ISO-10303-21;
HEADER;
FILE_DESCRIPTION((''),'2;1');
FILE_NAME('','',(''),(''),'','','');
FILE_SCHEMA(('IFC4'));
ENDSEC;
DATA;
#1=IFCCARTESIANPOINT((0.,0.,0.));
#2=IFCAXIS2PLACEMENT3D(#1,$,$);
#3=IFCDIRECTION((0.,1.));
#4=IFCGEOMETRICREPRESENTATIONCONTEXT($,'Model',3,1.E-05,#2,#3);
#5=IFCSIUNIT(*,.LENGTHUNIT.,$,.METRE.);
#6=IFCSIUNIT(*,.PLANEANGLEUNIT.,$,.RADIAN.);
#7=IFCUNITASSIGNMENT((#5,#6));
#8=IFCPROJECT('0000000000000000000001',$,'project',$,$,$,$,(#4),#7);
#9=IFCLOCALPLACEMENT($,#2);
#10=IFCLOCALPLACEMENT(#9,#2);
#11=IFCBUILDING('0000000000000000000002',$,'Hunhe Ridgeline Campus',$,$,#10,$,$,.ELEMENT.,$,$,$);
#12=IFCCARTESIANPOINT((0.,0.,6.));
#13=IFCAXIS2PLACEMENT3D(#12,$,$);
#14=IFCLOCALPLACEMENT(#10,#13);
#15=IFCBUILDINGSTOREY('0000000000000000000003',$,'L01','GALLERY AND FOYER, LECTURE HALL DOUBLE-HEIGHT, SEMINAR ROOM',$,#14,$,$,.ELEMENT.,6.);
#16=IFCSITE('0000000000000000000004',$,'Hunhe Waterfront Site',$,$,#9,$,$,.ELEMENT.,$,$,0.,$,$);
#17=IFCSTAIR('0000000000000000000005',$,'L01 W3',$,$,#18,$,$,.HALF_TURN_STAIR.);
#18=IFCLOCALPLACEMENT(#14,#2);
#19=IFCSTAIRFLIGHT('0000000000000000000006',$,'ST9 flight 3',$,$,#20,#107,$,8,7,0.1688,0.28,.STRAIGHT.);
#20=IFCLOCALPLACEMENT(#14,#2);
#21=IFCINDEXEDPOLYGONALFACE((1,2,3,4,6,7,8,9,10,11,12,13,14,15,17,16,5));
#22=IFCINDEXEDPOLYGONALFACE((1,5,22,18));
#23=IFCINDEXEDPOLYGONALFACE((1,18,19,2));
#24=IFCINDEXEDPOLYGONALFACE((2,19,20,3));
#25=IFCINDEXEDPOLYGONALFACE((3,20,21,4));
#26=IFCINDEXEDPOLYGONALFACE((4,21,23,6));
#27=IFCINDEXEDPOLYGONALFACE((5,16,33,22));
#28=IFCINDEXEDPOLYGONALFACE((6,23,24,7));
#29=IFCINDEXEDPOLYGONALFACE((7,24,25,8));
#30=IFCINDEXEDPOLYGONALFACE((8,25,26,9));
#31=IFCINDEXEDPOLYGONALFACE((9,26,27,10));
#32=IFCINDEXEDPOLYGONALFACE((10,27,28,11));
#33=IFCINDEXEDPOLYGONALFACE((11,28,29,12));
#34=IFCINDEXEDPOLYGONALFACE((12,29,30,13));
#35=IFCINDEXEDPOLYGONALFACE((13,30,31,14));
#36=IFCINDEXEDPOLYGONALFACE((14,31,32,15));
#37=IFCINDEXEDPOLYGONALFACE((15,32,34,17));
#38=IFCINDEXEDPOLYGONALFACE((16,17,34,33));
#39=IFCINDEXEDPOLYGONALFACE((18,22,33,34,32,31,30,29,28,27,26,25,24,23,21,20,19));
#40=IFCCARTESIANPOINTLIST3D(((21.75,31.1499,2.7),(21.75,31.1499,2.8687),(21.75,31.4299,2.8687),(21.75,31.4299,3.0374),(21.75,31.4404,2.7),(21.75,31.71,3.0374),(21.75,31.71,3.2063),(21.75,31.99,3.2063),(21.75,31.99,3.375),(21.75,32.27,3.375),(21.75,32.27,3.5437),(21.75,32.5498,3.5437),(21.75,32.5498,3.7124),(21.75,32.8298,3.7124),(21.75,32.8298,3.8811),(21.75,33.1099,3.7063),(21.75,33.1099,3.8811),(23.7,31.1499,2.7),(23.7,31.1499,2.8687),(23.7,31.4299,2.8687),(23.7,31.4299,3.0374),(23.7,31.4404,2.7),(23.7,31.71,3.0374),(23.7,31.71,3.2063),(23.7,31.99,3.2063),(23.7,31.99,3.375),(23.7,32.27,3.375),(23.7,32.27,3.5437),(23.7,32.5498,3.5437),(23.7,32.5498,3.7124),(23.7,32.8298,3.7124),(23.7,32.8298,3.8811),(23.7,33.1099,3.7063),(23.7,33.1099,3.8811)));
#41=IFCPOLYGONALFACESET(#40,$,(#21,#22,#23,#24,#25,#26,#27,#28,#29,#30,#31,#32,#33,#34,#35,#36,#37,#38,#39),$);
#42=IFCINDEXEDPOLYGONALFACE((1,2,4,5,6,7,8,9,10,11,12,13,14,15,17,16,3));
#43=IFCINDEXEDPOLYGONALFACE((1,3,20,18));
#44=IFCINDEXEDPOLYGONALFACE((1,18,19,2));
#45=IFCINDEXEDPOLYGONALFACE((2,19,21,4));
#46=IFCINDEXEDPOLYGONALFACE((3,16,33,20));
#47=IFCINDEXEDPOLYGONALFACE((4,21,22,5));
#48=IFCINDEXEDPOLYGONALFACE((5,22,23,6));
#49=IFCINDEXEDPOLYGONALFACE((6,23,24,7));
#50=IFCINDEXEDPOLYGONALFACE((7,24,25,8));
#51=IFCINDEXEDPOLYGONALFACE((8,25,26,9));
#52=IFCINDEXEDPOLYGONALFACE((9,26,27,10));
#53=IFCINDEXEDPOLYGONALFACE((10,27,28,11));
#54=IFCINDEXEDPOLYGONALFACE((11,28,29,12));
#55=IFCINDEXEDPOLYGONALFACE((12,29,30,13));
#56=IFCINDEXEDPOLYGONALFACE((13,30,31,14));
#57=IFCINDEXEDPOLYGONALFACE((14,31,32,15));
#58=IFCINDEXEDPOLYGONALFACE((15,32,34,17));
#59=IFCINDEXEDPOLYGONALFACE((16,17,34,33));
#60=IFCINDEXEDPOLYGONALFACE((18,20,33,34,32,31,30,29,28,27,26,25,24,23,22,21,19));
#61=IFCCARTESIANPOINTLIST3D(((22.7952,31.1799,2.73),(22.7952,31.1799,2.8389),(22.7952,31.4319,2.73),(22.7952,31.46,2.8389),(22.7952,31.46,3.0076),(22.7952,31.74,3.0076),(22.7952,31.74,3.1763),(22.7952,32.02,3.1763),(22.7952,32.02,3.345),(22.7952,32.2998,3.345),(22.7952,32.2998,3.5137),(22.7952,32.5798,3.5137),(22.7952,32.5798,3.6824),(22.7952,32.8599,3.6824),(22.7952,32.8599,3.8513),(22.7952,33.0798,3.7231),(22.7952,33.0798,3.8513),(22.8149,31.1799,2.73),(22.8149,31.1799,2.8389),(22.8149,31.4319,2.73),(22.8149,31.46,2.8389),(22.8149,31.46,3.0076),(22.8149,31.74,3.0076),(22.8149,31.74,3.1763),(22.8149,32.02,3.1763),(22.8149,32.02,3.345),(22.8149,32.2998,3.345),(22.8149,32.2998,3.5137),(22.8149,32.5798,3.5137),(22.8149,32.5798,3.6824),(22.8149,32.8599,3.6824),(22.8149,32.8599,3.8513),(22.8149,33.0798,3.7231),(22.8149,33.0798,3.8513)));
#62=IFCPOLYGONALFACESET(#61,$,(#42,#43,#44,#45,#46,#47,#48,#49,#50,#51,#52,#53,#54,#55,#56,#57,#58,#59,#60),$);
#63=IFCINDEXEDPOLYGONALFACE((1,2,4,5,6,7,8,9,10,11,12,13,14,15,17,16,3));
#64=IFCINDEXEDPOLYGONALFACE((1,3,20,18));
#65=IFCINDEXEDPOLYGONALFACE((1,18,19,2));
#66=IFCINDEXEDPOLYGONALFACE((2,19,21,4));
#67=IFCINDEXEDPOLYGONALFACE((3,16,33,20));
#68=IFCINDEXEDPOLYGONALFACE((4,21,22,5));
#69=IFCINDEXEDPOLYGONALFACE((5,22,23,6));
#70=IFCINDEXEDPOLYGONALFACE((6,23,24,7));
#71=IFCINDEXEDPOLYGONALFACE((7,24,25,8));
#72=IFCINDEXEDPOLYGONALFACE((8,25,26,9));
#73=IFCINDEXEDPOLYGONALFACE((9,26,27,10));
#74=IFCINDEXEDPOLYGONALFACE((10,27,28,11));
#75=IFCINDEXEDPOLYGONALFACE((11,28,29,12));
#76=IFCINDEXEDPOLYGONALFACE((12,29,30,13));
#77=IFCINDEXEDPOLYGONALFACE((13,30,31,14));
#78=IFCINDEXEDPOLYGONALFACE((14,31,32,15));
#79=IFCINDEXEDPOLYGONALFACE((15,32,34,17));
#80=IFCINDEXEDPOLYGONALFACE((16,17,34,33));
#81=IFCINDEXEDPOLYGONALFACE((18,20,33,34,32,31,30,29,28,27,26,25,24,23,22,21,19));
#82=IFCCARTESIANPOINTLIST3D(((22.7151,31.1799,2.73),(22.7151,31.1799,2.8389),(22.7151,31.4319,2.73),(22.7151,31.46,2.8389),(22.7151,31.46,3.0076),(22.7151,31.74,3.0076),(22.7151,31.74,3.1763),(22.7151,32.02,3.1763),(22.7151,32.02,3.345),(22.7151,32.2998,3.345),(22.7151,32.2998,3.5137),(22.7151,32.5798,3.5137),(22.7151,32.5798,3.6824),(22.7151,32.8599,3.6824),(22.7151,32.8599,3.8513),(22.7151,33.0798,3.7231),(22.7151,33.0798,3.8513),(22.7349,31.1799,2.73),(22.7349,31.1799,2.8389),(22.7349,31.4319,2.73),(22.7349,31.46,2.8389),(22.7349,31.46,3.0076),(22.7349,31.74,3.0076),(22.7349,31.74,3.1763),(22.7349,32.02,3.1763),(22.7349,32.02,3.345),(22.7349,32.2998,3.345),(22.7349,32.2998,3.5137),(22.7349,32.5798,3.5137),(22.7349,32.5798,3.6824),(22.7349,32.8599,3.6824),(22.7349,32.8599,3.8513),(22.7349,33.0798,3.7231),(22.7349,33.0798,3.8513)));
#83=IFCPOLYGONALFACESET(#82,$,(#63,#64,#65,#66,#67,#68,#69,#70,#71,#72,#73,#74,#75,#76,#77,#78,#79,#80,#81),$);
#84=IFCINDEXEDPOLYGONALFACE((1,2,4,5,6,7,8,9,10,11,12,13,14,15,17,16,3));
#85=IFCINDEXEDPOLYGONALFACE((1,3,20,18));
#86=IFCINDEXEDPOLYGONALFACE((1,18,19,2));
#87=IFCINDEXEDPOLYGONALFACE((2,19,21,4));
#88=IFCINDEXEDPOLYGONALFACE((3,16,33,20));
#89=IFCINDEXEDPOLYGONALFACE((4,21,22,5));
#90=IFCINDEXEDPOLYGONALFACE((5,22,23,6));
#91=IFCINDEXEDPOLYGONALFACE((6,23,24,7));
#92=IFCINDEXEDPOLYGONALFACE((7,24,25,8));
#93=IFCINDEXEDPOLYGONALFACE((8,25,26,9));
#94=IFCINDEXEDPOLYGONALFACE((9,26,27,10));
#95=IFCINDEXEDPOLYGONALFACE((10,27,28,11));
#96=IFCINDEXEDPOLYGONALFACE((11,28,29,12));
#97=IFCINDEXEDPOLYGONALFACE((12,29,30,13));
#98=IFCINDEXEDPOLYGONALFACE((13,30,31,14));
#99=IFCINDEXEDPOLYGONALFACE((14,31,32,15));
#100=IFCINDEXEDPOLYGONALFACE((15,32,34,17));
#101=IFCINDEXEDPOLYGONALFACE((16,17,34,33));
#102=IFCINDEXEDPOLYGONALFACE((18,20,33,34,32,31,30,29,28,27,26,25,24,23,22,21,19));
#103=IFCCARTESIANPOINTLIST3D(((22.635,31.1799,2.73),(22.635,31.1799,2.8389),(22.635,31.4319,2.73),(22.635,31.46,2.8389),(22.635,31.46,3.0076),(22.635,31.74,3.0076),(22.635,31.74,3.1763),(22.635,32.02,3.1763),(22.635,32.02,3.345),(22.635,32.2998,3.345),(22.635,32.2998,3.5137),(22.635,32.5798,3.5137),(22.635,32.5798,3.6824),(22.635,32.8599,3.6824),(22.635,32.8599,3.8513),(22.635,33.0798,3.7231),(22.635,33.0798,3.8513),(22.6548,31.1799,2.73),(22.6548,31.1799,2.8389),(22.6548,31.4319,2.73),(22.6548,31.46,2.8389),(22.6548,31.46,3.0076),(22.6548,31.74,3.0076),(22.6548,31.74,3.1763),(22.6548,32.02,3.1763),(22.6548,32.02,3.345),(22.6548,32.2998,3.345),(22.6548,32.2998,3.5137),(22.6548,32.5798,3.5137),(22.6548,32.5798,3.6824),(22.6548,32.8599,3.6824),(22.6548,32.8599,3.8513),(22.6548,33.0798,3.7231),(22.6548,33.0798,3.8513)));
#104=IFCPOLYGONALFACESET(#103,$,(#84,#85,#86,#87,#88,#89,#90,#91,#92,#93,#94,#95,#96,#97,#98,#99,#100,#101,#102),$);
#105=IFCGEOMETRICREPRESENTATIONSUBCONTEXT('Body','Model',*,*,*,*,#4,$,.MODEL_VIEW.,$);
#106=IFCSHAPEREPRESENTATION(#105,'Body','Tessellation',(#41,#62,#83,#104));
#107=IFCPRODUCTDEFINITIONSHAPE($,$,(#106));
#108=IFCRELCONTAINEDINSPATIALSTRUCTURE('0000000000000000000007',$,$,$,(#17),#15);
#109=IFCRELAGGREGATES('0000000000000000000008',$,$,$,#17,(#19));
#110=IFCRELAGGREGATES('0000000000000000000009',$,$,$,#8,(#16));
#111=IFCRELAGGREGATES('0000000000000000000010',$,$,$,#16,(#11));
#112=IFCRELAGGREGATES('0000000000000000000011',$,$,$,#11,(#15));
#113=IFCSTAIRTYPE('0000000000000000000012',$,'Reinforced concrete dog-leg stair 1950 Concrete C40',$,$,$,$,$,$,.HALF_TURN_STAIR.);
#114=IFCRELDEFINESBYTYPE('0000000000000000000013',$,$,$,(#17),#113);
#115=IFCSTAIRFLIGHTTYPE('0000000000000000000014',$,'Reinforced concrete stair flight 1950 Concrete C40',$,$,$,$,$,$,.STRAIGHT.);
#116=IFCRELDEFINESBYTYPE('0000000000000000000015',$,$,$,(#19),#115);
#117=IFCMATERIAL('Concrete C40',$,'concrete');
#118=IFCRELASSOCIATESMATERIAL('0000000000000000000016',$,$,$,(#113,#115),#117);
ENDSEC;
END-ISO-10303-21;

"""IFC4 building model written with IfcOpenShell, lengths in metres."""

from ifc_helpers import new_model, si_unit, direction, frame, origin, place, context, subcontext, project, spatial, polyline, outline, extrude, material, type_object, element, aggregate, save


model = new_model("IFC4")

# Units and contexts
model_context = context("Model", 3, precision=1e-05, world=origin(), true_north=direction((0.0, 1.0)))
body_context = subcontext(model_context, "Body", "Model", "MODEL_VIEW")
ifc_project = project(units=[si_unit("LENGTHUNIT", "METRE"), si_unit("PLANEANGLEUNIT", "RADIAN")], contexts=[model_context])

# Site, building, storey
site_placement = place(None, origin())
site = spatial("IfcSite", under=ifc_project, at=site_placement, Name="Hunhe Waterfront Site", CompositionType="ELEMENT", RefElevation=0.0)
building_placement = place(site_placement, origin())
building = spatial("IfcBuilding", under=site, at=building_placement, Name="Hunhe Ridgeline Campus", CompositionType="ELEMENT")
storey_placement = place(building_placement, frame((0.0, 0.0, 6.0)))
storey = spatial("IfcBuildingStorey", under=building, at=storey_placement, Name="L01", Description="GALLERY AND FOYER, LECTURE HALL DOUBLE-HEIGHT, SEMINAR ROOM", CompositionType="ELEMENT", Elevation=6.0)

# Shared definitions
ifc_material_1 = material(Name="Concrete C40", Category="concrete")

# Stair, stair flight
stair_type = type_object("IfcStairType", Name="Reinforced concrete dog-leg stair 1950 Concrete C40", PredefinedType="HALF_TURN_STAIR", material=ifc_material_1)
stair_placement = place(storey_placement, origin())
stair = element("IfcStair", 1, at=stair_placement, inside=storey, type_object=stair_type, Name="L01 W3", PredefinedType="HALF_TURN_STAIR")
stair_flight_type = type_object("IfcStairFlightType", Name="Reinforced concrete stair flight 1950 Concrete C40", PredefinedType="STRAIGHT", material=ifc_material_1)
stair_flight_1_placement = place(storey_placement, frame((22.7251, 31.1499, 2.7), z_axis=(0.0, 0.0, 1.0), x_axis=(0.0, 1.0, 0.0)))
stair_flight_1 = element("IfcStairFlight", 2, at=stair_flight_1_placement, type_object=stair_flight_type, Name="ST9 flight 3", NumberOfRisers=8, NumberOfTreads=7, PredefinedType="STRAIGHT", RiserHeight=0.1688, TreadLength=0.28, context=body_context, shape_type="SweptSolid", body=[
    extrude(outline(polyline([(0.0, 0.0), (0.0, 0.1687), (0.28, 0.1687), (0.28, 0.3374), (0.5601, 0.3374), (0.5601, 0.5063), (0.8401, 0.5063), (0.8401, 0.675), (1.1201, 0.675), (1.1201, 0.8438), (1.3999, 0.8438), (1.3999, 1.0125), (1.6799, 1.0125), (1.6799, 1.1812), (1.96, 1.1812), (1.96, 1.3501), (1.96, 1.0063), (0.2905, 0.0), (0.0, 0.0)])), frame((0.0, 0.9751, 0.0), z_axis=(0.0, -1.0, 0.0), x_axis=(1.0, 0.0, 0.0)), (0.0, 0.0, 1.0), 1.95),
    extrude(outline(polyline([(0.03, 0.03), (0.03, 0.1389), (0.3101, 0.1389), (0.3101, 0.3076), (0.5901, 0.3076), (0.5901, 0.4763), (0.8701, 0.4763), (0.8701, 0.645), (1.1499, 0.645), (1.1499, 0.8137), (1.4299, 0.8137), (1.4299, 0.9824), (1.71, 0.9824), (1.71, 1.1514), (1.9299, 1.1514), (1.9299, 1.0232), (0.282, 0.03), (0.03, 0.03)])), frame((0.0, -0.0701, 0.0), z_axis=(0.0, -1.0, 0.0), x_axis=(1.0, 0.0, 0.0)), (0.0, 0.0, 1.0), 0.0198),
    extrude(outline(polyline([(0.03, 0.03), (0.03, 0.1389), (0.3101, 0.1389), (0.3101, 0.3076), (0.5901, 0.3076), (0.5901, 0.4763), (0.8701, 0.4763), (0.8701, 0.645), (1.1499, 0.645), (1.1499, 0.8137), (1.4299, 0.8137), (1.4299, 0.9824), (1.71, 0.9824), (1.71, 1.1514), (1.9299, 1.1514), (1.9299, 1.0232), (0.282, 0.03), (0.03, 0.03)])), frame((0.0, 0.01, 0.0), z_axis=(0.0, -1.0, 0.0), x_axis=(1.0, 0.0, 0.0)), (0.0, 0.0, 1.0), 0.0198),
    extrude(outline(polyline([(0.03, 0.03), (0.03, 0.1389), (0.3101, 0.1389), (0.3101, 0.3076), (0.5901, 0.3076), (0.5901, 0.4763), (0.8701, 0.4763), (0.8701, 0.645), (1.1499, 0.645), (1.1499, 0.8137), (1.4299, 0.8137), (1.4299, 0.9824), (1.71, 0.9824), (1.71, 1.1514), (1.9299, 1.1514), (1.9299, 1.0232), (0.282, 0.03), (0.03, 0.03)])), frame((0.0, 0.0901, 0.0), z_axis=(0.0, -1.0, 0.0), x_axis=(1.0, 0.0, 0.0)), (0.0, 0.0, 1.0), 0.0198),
])
aggregate(stair, [stair_flight_1])

save(model, "model.ifc")
